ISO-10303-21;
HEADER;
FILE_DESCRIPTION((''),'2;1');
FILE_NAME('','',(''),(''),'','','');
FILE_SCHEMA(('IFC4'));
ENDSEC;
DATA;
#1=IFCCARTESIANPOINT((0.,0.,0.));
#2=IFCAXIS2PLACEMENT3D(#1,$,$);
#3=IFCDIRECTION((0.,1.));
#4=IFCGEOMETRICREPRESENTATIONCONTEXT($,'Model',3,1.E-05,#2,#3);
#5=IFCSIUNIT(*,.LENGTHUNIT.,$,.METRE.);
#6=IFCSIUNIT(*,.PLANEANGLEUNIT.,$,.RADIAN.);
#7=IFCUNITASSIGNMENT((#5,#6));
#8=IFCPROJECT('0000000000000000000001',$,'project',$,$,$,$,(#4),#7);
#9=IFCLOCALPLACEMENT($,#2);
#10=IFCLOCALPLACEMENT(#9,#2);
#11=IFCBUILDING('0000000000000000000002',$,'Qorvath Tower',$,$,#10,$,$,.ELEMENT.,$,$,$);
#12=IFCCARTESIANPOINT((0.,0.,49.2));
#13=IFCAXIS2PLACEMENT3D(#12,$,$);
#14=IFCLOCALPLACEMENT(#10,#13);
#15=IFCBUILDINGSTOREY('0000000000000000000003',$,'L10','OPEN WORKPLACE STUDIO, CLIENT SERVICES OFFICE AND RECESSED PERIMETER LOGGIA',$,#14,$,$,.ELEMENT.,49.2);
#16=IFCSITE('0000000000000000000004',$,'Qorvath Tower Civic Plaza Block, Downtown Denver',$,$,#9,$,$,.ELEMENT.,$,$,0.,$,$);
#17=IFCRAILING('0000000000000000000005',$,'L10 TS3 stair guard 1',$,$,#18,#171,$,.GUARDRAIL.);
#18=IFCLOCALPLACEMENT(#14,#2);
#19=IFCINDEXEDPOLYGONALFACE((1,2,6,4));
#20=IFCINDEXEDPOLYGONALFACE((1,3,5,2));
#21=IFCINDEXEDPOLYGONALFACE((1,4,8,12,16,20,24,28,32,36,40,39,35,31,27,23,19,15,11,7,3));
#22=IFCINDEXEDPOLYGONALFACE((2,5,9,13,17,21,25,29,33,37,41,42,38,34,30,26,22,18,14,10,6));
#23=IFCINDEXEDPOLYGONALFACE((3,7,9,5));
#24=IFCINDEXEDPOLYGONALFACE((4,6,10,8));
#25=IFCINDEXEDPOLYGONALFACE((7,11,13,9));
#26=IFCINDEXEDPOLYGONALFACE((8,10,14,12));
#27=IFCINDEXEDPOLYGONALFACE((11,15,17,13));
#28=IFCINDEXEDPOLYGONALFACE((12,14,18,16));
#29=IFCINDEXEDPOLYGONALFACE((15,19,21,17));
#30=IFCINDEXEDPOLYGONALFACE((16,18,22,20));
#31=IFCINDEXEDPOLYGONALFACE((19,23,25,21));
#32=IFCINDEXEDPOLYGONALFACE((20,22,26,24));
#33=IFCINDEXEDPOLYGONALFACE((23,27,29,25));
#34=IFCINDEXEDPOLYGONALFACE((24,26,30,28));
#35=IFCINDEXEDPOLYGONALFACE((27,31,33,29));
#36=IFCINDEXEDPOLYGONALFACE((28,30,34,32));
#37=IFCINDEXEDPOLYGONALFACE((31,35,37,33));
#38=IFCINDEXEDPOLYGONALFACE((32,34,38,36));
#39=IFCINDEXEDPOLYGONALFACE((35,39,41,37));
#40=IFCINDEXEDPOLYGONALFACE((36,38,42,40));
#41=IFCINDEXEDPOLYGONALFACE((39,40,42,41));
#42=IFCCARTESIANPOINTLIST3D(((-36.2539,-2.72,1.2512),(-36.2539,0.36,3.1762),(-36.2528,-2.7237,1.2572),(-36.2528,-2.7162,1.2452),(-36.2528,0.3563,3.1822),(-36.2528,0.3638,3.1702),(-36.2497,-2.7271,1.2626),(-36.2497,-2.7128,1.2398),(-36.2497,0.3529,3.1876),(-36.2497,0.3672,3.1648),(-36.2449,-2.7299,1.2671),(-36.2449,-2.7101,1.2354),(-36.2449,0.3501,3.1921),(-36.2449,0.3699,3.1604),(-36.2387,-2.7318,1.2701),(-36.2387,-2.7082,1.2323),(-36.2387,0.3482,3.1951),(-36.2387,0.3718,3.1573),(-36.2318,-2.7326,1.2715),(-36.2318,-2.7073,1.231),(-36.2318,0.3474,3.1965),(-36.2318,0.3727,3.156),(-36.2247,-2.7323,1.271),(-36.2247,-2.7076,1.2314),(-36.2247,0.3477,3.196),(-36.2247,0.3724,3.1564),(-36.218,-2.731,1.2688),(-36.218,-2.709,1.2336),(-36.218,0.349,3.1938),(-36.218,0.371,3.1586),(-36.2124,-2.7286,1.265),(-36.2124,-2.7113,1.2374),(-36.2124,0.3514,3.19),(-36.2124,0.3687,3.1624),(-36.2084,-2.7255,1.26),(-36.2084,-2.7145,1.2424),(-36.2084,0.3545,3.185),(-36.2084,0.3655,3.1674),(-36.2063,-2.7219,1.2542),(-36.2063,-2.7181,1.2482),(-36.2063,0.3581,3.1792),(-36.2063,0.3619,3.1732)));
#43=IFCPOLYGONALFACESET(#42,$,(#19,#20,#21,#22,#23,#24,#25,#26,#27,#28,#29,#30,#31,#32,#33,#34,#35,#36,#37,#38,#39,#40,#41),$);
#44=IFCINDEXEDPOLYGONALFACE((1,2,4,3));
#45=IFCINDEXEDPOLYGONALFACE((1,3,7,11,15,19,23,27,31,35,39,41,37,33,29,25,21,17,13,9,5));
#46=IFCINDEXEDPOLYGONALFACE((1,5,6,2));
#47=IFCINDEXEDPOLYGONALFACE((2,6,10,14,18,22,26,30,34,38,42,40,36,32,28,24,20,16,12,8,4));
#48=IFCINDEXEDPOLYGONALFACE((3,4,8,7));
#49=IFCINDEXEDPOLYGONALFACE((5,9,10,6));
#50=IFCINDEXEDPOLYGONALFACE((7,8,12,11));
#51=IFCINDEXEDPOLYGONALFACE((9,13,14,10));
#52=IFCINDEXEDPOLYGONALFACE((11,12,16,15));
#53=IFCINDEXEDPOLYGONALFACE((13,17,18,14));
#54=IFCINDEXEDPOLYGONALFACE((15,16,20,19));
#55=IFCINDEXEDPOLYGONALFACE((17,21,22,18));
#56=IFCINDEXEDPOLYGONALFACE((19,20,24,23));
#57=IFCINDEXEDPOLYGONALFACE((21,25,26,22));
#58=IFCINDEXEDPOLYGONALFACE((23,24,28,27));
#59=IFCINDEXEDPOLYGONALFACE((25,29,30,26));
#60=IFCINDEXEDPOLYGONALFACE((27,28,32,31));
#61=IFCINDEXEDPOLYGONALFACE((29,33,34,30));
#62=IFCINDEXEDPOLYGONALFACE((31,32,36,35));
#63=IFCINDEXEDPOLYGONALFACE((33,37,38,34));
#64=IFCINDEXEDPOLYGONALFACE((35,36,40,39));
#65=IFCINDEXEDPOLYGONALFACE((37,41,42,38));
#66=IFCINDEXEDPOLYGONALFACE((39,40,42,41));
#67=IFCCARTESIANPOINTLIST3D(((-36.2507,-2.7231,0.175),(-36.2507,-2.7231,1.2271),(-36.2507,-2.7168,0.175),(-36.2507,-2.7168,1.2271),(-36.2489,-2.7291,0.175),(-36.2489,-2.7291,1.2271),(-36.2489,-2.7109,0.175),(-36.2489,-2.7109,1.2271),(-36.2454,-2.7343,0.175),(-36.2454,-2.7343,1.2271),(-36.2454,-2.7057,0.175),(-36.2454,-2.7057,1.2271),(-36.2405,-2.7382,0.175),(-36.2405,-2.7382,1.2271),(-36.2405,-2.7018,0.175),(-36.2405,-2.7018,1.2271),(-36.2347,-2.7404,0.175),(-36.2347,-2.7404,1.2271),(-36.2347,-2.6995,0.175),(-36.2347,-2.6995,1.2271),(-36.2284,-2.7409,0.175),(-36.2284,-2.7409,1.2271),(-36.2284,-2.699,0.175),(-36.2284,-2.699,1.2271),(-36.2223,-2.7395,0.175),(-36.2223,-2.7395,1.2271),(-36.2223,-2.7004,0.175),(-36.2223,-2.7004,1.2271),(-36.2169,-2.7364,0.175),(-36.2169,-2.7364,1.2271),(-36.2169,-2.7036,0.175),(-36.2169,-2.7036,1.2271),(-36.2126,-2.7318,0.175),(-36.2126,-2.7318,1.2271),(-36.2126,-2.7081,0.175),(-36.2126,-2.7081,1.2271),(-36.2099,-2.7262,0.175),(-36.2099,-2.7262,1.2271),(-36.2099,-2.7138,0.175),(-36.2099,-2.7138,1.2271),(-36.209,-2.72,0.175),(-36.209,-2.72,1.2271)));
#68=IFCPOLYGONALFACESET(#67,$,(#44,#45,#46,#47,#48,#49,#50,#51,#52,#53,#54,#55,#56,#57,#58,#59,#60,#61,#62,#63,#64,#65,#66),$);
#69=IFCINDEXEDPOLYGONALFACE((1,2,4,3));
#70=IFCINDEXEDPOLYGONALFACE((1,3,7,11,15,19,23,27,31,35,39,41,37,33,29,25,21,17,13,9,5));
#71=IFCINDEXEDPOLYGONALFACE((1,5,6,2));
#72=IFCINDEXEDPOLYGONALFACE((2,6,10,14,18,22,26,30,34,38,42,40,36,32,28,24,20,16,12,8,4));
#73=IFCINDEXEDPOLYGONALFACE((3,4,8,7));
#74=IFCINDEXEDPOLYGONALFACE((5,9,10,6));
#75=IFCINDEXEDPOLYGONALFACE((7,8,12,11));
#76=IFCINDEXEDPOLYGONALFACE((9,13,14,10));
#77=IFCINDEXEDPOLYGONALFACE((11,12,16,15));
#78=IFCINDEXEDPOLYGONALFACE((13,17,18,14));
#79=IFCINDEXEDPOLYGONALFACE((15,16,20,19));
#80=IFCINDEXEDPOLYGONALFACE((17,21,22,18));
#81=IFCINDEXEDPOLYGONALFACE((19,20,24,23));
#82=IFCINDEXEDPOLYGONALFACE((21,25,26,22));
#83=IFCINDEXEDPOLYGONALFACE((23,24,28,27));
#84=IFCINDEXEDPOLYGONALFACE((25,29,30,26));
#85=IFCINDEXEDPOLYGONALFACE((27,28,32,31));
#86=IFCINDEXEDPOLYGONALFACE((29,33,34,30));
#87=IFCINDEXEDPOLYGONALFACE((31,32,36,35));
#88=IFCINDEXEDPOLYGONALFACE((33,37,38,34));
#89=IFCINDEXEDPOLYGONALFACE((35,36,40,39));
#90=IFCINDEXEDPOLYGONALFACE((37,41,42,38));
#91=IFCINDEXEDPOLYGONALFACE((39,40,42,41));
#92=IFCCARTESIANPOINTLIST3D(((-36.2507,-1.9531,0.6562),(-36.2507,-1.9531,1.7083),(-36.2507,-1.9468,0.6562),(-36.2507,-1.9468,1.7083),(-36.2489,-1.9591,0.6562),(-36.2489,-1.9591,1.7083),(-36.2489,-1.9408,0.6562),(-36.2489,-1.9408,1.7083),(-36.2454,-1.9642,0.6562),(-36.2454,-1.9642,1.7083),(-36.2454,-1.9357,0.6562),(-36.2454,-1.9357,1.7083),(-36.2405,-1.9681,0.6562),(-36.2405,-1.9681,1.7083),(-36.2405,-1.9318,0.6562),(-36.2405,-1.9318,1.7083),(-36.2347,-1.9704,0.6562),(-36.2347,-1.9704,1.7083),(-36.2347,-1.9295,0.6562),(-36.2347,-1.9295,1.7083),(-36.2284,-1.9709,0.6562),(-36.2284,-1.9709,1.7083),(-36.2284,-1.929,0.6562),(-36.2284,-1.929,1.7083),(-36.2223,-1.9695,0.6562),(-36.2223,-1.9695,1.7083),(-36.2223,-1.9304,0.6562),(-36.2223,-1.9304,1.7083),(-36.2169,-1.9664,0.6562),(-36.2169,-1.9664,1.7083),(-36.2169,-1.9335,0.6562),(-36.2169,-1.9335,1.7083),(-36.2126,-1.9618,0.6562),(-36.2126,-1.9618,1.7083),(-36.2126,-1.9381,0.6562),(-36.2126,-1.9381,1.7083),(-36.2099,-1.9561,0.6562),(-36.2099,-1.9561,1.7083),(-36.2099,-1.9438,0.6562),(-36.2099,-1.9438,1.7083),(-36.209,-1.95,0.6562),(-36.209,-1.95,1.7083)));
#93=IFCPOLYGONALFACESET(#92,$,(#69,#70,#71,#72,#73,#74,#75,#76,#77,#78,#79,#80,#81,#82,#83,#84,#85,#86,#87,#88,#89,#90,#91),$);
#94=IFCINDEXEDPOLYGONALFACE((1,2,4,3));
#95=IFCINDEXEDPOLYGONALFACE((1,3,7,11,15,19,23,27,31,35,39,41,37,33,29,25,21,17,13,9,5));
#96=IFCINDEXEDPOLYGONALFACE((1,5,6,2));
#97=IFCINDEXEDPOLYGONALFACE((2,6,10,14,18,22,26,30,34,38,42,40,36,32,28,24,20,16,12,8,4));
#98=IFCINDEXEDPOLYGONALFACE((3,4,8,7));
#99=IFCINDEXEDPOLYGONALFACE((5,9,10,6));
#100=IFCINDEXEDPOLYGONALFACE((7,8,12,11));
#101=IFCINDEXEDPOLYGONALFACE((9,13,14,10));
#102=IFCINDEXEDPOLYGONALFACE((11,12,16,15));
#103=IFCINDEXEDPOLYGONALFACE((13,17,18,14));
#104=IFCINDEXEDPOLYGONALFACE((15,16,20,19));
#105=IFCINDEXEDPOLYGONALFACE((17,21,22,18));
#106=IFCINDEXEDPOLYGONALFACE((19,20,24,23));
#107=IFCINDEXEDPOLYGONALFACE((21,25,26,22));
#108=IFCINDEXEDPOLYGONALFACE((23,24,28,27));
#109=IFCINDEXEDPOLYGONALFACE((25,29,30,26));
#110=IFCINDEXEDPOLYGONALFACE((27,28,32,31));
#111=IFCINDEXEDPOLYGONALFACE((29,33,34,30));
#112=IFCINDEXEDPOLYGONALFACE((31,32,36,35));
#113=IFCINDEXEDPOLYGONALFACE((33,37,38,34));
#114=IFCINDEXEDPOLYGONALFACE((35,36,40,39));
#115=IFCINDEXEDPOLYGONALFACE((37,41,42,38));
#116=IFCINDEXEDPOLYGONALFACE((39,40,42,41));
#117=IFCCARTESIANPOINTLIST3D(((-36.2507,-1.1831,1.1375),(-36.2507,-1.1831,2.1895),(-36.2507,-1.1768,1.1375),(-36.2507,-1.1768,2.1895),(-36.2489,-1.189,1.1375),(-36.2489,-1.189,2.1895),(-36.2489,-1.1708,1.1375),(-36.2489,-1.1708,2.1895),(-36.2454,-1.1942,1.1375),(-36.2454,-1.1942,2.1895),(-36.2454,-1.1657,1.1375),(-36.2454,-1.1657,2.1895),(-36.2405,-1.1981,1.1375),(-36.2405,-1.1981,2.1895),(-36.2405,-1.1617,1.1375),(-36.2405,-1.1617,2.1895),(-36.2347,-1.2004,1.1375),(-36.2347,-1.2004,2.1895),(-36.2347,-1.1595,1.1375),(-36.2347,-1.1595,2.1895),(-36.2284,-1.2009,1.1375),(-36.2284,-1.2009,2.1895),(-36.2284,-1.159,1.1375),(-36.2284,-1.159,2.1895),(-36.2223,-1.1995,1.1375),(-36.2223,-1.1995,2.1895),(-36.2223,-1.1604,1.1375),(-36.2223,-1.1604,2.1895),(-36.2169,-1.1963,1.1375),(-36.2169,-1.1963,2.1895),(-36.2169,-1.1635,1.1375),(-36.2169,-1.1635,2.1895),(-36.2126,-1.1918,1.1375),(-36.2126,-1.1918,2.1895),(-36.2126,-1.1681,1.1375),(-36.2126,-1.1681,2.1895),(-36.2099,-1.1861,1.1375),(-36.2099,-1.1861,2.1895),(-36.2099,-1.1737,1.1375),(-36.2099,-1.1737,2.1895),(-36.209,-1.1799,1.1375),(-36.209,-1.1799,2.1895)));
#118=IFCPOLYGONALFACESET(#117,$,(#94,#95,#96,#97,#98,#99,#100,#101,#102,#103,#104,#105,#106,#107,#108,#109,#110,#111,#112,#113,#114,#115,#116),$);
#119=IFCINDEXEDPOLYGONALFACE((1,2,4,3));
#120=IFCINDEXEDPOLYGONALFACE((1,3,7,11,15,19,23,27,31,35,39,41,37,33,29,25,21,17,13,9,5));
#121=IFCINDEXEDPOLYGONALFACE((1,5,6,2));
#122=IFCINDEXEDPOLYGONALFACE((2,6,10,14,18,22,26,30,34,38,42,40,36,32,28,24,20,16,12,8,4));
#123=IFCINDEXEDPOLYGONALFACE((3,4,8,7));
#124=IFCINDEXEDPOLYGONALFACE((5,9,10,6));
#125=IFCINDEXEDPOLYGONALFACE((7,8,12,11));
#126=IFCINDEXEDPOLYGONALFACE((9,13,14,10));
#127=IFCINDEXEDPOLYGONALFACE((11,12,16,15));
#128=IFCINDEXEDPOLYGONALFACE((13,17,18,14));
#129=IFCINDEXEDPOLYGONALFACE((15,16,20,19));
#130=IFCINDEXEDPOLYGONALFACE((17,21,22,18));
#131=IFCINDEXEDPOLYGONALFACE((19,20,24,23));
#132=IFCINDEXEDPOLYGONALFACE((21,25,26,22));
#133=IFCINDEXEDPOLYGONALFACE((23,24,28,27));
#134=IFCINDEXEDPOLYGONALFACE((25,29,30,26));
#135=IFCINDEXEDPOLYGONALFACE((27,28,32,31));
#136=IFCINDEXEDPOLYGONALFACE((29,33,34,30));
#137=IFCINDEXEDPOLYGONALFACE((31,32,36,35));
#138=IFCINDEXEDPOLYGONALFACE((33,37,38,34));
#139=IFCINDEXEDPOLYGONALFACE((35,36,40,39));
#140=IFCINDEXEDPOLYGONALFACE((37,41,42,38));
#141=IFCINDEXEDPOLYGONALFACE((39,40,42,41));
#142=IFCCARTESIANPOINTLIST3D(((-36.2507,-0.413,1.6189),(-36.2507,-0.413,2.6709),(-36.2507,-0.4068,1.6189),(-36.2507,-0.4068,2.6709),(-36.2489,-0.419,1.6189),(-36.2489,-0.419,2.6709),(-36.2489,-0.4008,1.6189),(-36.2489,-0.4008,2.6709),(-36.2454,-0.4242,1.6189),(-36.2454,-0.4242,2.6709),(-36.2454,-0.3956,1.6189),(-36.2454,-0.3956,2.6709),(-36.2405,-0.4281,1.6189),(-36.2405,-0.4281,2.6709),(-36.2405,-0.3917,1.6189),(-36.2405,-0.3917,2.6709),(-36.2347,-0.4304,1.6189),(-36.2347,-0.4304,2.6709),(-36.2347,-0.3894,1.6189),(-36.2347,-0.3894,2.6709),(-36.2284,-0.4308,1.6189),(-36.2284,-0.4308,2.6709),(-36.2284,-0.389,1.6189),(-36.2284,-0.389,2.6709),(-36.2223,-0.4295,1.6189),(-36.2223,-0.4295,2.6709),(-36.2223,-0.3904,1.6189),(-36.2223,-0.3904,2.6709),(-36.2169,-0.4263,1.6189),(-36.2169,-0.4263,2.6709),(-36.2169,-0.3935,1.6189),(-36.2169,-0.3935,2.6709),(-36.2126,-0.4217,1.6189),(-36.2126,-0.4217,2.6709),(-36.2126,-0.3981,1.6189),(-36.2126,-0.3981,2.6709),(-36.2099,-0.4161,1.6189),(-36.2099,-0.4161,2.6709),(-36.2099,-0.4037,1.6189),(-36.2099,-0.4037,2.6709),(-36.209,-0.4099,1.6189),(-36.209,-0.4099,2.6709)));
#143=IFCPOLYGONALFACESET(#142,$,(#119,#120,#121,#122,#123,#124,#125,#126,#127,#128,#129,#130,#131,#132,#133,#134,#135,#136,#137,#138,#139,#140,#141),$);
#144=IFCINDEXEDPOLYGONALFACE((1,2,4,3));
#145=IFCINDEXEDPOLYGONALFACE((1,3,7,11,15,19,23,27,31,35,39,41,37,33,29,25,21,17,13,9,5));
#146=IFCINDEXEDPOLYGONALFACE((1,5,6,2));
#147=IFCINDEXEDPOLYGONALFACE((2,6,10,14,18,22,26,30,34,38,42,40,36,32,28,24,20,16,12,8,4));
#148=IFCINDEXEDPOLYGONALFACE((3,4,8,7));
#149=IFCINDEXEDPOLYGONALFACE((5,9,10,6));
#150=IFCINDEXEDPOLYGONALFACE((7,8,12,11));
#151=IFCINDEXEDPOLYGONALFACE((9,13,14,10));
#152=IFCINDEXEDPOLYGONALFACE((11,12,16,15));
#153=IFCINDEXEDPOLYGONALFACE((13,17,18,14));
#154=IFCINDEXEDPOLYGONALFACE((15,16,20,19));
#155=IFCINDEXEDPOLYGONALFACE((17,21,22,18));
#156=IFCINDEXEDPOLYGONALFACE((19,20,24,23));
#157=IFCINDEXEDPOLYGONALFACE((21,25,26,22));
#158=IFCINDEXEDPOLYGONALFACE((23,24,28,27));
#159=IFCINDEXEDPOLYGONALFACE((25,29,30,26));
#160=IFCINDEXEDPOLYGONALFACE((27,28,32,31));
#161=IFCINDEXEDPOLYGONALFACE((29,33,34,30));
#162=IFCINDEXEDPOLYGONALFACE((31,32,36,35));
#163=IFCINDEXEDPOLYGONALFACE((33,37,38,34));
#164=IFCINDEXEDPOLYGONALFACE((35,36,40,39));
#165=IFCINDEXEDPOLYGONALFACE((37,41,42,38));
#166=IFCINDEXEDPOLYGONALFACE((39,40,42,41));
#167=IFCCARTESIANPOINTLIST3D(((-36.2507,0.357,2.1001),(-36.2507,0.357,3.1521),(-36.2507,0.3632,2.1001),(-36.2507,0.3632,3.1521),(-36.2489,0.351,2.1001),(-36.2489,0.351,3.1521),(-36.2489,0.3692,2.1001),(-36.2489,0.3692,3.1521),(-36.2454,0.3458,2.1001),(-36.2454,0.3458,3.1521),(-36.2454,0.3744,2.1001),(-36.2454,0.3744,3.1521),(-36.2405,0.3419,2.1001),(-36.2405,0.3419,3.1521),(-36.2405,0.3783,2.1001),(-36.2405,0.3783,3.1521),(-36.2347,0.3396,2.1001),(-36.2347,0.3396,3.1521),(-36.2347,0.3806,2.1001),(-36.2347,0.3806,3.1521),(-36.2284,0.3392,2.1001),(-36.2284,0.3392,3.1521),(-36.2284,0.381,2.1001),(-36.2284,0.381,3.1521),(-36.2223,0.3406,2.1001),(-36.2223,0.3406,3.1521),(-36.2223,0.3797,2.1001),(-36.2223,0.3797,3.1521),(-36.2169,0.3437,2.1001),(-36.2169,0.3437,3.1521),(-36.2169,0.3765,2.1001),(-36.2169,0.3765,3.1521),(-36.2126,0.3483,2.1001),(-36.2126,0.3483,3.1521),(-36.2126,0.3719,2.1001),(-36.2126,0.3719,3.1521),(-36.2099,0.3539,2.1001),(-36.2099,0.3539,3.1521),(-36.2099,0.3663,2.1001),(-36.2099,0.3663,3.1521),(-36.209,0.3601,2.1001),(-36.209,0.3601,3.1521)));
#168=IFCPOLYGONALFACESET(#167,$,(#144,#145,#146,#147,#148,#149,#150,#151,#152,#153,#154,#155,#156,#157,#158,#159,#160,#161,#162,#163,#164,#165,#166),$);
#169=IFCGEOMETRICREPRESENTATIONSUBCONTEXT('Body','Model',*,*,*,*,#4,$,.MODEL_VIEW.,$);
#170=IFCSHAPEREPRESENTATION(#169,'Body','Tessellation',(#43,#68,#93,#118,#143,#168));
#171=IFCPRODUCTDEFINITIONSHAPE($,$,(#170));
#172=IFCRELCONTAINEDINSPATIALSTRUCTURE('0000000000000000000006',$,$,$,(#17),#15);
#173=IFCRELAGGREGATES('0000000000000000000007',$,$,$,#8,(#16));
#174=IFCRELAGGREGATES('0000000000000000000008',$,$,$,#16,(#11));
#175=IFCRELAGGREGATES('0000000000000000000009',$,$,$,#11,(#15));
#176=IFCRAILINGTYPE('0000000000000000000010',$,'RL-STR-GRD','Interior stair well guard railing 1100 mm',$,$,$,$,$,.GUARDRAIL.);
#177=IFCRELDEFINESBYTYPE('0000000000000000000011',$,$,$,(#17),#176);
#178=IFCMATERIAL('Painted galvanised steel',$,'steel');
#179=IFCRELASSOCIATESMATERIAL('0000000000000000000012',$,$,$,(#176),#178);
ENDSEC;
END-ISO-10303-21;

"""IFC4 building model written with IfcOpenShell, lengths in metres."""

from ifc_helpers import new_model, si_unit, direction, frame, origin, origin_2d, place, context, subcontext, project, spatial, circle, extrude, material, type_object, element, save


model = new_model("IFC4")

# Units and contexts
model_context = context("Model", 3, precision=1e-05, world=origin(), true_north=direction((0.0, 1.0)))
body_context = subcontext(model_context, "Body", "Model", "MODEL_VIEW")
ifc_project = project(units=[si_unit("LENGTHUNIT", "METRE"), si_unit("PLANEANGLEUNIT", "RADIAN")], contexts=[model_context])

# Site, building, storey
site_placement = place(None, origin())
site = spatial("IfcSite", under=ifc_project, at=site_placement, Name="Qorvath Tower Civic Plaza Block, Downtown Denver", CompositionType="ELEMENT", RefElevation=0.0)
building_placement = place(site_placement, origin())
building = spatial("IfcBuilding", under=site, at=building_placement, Name="Qorvath Tower", CompositionType="ELEMENT")
storey_placement = place(building_placement, frame((0.0, 0.0, 49.2)))
storey = spatial("IfcBuildingStorey", under=building, at=storey_placement, Name="L10", Description="OPEN WORKPLACE STUDIO, CLIENT SERVICES OFFICE AND RECESSED PERIMETER LOGGIA", CompositionType="ELEMENT", Elevation=49.2)

# Railing
ifc_material_1 = material(Name="Painted galvanised steel", Category="steel")
railing_type_1 = type_object("IfcRailingType", Name="RL-STR-GRD", Description="Interior stair well guard railing 1100 mm", PredefinedType="GUARDRAIL", material=ifc_material_1)
railing_1_placement = place(storey_placement, frame((-36.23, -2.72, 0.175)))
element("IfcRailing", 1, at=railing_1_placement, inside=storey, type_object=railing_type_1, Name="L10 TS3 stair guard 1", PredefinedType="GUARDRAIL", context=body_context, shape_type="SweptSolid", body=[
    extrude(circle(Radius=0.0239, at=origin_2d()), frame((0.0, 0.0, 1.0762), z_axis=(0.0, 0.847998, 0.529999), x_axis=(-1.0, 0.0, 0.0)), (0.0, 0.0, 1.0), 3.6321),
    extrude(circle(Radius=0.021, at=origin_2d()), origin(), (0.0, 0.0, 1.0), 1.052),
    extrude(circle(Radius=0.021, at=origin_2d()), frame((0.0, 0.77, 0.4812)), (0.0, 0.0, 1.0), 1.052),
    extrude(circle(Radius=0.021, at=origin_2d()), frame((0.0, 1.54, 0.9624)), (0.0, 0.0, 1.0), 1.052),
    extrude(circle(Radius=0.021, at=origin_2d()), frame((0.0, 2.3101, 1.4438)), (0.0, 0.0, 1.0), 1.052),
    extrude(circle(Radius=0.021, at=origin_2d()), frame((0.0, 3.0801, 1.925)), (0.0, 0.0, 1.0), 1.052),
])

save(model, "model.ifc")
